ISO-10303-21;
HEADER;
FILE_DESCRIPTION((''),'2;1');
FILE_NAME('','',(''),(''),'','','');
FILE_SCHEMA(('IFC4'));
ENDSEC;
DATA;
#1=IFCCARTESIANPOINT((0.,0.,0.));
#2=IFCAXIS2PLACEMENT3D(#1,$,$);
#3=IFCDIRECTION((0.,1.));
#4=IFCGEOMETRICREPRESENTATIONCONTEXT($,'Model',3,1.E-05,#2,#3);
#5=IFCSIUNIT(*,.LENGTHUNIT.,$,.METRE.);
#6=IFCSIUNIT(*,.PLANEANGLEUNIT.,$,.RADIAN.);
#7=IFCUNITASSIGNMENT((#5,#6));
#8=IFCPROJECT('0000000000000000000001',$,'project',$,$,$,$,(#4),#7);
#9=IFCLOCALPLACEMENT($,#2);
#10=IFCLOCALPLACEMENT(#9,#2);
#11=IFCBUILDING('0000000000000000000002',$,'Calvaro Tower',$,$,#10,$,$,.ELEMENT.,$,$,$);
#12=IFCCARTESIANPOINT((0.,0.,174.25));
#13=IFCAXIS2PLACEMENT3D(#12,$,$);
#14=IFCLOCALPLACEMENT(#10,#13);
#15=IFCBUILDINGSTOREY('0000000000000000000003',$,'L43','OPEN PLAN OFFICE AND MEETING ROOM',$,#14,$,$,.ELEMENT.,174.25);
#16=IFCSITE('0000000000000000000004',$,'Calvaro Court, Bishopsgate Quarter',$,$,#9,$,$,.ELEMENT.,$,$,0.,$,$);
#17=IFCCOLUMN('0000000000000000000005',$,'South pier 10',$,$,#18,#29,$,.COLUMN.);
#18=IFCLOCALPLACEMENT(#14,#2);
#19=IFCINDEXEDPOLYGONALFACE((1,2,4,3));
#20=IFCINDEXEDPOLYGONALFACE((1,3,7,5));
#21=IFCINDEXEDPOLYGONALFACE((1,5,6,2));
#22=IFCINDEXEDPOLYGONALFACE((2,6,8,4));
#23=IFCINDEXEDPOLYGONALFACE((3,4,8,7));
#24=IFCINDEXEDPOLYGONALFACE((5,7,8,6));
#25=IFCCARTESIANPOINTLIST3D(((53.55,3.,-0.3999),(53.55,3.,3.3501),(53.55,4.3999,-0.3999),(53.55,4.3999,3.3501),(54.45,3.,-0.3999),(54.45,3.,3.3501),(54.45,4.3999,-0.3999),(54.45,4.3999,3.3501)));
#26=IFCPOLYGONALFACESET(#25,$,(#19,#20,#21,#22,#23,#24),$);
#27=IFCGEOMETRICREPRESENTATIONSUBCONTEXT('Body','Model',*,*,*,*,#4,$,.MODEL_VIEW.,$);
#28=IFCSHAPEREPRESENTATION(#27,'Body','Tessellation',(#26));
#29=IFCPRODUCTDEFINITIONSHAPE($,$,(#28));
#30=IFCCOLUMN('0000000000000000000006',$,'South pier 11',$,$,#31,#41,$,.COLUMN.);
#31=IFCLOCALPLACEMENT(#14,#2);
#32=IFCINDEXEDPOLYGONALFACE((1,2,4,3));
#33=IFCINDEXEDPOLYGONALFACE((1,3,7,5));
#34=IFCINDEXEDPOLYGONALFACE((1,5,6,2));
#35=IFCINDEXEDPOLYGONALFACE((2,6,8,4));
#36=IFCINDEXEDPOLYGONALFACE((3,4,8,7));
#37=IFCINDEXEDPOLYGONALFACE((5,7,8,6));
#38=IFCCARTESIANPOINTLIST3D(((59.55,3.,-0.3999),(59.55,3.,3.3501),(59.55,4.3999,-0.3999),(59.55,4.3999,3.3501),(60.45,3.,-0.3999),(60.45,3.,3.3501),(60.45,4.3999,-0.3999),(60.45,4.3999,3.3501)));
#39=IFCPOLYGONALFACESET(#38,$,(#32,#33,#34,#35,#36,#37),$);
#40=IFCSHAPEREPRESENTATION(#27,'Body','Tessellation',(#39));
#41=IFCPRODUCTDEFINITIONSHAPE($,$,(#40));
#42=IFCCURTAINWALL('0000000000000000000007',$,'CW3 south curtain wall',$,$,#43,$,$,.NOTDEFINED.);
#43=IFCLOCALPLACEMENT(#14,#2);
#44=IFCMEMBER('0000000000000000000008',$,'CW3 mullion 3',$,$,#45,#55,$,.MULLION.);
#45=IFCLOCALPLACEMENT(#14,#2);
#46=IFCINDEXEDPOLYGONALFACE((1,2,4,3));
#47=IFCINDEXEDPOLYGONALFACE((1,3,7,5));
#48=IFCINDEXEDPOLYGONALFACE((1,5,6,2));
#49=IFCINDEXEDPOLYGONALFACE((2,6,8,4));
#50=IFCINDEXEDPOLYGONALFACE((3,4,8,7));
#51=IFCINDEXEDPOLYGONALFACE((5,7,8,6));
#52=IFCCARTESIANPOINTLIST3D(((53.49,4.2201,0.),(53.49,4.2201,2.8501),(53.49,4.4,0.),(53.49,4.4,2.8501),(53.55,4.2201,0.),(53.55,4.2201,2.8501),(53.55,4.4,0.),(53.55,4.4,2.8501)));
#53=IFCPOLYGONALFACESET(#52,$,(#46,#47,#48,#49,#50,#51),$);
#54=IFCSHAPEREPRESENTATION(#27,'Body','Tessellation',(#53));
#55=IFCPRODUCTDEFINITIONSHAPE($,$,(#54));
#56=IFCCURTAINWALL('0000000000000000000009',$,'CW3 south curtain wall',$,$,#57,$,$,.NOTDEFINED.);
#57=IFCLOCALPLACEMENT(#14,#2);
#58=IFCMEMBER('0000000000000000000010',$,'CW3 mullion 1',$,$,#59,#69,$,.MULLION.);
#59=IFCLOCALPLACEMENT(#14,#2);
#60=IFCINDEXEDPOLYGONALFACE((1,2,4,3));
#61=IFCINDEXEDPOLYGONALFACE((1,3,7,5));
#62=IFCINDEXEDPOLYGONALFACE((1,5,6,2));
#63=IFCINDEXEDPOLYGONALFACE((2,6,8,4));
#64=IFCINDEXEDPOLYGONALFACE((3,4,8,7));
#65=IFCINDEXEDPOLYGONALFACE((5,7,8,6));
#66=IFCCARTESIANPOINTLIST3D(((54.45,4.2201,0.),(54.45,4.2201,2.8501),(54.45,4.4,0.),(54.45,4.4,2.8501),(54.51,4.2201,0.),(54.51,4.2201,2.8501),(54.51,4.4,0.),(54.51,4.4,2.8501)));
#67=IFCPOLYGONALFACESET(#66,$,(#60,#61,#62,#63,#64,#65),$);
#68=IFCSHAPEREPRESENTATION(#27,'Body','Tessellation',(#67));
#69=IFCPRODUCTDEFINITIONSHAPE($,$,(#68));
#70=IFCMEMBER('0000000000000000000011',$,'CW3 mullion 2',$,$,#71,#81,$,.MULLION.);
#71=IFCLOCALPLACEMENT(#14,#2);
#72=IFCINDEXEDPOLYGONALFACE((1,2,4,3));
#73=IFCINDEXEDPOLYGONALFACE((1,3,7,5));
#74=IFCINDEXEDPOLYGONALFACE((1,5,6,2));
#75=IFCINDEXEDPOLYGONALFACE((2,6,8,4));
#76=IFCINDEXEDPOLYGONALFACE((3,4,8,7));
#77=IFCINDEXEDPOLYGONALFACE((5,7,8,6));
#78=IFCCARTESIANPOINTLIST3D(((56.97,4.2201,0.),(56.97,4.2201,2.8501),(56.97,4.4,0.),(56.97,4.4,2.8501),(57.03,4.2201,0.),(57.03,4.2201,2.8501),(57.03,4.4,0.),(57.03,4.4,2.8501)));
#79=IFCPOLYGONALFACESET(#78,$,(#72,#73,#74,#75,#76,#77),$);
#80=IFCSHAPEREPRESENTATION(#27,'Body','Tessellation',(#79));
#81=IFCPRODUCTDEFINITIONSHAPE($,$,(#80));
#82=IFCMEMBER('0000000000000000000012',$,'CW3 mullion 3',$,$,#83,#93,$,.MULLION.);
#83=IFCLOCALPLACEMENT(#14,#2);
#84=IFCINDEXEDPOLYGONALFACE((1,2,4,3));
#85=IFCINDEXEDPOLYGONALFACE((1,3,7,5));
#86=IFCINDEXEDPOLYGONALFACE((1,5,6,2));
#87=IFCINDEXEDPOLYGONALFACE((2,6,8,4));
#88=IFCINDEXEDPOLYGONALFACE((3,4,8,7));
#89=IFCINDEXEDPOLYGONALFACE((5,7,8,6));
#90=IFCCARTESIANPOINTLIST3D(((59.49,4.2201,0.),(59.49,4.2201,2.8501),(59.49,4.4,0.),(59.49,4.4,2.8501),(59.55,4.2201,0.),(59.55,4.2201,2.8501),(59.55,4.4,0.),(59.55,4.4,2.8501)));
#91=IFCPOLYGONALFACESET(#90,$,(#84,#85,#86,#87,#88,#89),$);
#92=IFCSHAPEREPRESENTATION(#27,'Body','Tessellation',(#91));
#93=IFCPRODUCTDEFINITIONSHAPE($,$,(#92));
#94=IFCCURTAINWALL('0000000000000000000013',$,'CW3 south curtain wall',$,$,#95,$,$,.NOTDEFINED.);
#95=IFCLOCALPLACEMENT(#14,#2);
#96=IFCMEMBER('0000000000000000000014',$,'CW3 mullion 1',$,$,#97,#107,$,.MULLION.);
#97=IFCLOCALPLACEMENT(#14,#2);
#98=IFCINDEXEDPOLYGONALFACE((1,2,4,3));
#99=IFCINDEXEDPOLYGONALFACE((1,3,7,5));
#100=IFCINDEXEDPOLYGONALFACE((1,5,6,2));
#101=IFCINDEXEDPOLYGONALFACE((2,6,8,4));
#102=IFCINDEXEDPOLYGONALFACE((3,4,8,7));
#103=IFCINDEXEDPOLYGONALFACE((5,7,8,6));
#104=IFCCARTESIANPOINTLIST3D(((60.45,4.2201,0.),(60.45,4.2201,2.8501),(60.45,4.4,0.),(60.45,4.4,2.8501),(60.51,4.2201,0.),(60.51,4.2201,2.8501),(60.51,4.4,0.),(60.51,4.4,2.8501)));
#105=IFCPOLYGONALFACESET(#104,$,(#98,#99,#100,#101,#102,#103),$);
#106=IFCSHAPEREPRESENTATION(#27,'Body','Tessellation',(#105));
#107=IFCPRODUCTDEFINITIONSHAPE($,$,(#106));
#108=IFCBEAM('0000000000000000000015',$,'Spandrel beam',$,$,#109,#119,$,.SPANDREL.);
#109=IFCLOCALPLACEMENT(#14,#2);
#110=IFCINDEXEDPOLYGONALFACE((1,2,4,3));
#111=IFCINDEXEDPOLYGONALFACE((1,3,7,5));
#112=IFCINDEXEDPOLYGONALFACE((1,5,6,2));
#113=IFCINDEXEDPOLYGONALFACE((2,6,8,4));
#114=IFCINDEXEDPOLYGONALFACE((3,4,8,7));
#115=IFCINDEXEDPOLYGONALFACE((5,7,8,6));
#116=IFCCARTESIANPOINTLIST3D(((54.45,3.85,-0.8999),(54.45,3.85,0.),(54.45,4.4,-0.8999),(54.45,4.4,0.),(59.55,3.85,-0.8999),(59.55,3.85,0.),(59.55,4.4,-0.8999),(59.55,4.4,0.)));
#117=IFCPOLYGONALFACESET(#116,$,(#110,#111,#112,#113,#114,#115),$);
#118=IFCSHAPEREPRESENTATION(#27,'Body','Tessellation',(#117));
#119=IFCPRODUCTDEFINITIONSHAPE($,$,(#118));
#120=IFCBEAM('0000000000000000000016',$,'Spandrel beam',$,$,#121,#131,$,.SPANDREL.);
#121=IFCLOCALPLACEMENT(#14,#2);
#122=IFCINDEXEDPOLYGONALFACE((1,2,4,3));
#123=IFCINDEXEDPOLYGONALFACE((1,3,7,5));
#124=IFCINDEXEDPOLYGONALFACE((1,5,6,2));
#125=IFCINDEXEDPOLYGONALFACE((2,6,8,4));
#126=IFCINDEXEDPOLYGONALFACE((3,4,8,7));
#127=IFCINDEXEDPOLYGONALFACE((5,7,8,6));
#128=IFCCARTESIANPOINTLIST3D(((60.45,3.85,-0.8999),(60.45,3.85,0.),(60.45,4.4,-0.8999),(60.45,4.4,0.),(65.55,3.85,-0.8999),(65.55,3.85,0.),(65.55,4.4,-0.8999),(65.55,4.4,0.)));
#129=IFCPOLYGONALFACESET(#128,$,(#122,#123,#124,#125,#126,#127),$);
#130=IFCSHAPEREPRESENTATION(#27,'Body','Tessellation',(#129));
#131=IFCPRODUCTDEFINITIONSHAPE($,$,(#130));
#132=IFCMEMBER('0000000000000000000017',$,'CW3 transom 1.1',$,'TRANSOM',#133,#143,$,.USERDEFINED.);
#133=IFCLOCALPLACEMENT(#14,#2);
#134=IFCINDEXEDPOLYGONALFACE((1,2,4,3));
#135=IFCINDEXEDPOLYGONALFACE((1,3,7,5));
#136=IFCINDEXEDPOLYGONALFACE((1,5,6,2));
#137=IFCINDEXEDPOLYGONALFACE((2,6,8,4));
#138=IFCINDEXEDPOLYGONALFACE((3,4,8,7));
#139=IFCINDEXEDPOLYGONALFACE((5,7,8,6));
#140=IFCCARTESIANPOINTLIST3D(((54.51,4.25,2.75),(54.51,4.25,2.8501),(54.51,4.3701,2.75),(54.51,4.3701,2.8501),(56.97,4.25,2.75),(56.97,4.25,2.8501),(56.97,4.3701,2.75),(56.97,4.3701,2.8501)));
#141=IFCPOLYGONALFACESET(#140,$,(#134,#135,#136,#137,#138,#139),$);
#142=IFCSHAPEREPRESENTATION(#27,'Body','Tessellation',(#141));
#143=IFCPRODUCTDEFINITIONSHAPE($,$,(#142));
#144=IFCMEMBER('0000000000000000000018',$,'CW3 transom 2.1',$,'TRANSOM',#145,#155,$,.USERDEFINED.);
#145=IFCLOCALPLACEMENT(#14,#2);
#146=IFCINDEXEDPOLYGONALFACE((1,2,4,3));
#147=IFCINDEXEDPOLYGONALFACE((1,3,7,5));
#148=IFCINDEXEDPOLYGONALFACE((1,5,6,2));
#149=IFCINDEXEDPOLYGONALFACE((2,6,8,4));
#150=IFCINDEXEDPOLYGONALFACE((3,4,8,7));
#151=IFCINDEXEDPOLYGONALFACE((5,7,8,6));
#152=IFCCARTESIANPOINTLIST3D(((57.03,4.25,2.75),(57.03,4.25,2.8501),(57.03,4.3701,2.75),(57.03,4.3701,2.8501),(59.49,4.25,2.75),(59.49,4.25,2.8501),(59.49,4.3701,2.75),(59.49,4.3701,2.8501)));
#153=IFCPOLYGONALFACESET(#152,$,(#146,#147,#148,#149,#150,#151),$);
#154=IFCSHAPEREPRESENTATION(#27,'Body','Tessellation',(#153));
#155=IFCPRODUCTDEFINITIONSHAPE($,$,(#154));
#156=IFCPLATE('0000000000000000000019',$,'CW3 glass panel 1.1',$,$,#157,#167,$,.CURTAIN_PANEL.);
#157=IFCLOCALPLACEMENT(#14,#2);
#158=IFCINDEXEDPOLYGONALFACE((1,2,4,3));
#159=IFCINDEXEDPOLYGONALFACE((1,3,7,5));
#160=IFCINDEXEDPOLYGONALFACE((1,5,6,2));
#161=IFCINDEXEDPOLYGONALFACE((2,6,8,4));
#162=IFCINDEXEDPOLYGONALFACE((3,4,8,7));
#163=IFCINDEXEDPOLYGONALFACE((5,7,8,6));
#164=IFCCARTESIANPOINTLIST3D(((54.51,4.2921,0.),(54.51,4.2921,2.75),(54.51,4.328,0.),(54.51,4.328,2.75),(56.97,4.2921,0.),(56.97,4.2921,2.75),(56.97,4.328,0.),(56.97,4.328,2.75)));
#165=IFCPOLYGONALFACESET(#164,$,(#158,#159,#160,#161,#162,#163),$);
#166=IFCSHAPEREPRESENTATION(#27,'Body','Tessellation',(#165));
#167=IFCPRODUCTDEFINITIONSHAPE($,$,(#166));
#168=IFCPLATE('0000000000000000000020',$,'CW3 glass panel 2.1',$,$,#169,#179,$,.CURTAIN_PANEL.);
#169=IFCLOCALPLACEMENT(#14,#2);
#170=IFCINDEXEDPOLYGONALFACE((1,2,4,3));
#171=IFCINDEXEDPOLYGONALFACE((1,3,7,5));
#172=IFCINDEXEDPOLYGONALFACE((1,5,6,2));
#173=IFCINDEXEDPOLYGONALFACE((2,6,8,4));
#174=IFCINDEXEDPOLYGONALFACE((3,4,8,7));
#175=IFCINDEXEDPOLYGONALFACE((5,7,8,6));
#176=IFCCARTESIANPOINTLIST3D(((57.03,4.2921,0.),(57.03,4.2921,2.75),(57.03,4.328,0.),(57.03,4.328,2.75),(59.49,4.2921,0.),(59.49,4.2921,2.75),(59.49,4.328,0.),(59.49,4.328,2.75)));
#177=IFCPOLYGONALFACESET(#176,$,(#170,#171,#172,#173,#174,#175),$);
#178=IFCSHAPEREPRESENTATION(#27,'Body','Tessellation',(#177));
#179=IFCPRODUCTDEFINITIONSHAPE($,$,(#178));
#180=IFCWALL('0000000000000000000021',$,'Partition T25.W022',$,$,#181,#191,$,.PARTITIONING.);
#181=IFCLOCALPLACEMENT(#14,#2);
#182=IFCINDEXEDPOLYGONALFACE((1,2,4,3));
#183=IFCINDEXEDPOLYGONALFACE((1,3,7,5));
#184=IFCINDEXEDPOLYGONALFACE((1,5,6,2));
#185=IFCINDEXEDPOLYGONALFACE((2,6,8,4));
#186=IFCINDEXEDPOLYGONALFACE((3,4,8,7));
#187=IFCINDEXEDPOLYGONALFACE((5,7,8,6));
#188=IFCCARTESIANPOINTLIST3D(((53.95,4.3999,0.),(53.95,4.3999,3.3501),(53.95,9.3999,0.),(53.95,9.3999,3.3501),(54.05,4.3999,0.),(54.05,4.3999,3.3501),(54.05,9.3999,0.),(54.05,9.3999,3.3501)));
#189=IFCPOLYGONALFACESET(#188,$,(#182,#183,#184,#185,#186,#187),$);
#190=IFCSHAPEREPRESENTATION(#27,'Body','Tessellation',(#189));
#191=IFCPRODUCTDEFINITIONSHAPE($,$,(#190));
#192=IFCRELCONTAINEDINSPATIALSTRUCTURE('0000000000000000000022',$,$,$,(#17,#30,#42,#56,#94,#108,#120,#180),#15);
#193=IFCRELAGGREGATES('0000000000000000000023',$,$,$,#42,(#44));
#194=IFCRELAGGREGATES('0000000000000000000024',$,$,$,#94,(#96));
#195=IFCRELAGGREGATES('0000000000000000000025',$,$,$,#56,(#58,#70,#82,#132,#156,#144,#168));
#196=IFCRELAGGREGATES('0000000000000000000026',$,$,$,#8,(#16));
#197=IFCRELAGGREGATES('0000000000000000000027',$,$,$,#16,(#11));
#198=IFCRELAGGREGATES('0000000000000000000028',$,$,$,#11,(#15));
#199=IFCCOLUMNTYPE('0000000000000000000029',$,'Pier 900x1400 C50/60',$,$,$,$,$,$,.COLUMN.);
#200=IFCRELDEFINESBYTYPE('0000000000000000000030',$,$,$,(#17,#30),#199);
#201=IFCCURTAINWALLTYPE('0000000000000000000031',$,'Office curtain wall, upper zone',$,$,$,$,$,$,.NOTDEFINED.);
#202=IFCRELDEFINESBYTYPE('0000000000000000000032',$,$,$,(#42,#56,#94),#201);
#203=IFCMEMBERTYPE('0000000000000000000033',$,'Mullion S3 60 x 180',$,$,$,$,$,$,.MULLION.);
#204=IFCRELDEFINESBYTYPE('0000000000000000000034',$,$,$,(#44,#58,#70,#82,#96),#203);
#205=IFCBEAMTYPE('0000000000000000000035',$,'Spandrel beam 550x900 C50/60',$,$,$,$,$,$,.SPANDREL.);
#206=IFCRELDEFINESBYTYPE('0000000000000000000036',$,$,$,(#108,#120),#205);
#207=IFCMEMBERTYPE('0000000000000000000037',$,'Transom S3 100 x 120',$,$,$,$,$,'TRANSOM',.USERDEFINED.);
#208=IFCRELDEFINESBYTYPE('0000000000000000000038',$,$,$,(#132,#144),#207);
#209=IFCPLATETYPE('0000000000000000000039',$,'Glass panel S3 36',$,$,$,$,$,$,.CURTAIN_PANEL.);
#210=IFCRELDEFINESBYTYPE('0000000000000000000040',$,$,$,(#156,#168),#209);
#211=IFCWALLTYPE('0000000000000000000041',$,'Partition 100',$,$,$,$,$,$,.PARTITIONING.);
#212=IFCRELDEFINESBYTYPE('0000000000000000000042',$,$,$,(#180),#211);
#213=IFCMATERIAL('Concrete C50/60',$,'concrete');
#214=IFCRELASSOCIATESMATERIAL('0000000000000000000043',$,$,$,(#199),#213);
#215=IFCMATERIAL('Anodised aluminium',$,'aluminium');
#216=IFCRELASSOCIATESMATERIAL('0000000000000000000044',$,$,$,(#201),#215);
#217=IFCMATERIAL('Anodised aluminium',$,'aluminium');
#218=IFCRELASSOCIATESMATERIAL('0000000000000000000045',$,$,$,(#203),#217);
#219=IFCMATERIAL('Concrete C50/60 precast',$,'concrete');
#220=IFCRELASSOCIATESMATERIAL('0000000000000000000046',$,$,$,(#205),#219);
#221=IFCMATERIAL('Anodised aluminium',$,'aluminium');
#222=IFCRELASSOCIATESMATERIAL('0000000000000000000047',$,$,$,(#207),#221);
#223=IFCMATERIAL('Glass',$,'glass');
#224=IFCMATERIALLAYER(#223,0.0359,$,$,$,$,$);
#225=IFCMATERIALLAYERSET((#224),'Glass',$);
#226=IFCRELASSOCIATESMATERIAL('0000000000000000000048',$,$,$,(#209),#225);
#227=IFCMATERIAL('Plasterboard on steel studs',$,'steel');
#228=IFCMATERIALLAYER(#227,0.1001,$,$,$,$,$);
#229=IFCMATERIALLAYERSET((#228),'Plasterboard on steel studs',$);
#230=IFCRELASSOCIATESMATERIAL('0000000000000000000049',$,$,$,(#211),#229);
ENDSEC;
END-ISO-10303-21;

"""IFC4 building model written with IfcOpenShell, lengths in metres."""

from ifc_helpers import new_model, si_unit, direction, frame, frame_2d, origin, origin_2d, place, context, subcontext, project, spatial, rectangle, extrude, material, layer, layer_set, material_profile, profile_set, type_object, element, aggregate, save


model = new_model("IFC4")

# Units and contexts
model_context = context("Model", 3, precision=1e-05, world=origin(), true_north=direction((0.0, 1.0)))
body_context = subcontext(model_context, "Body", "Model", "MODEL_VIEW")
ifc_project = project(units=[si_unit("LENGTHUNIT", "METRE"), si_unit("PLANEANGLEUNIT", "RADIAN")], contexts=[model_context])

# Site, building, storey
site_placement = place(None, origin())
site = spatial("IfcSite", under=ifc_project, at=site_placement, Name="Calvaro Court, Bishopsgate Quarter", CompositionType="ELEMENT", RefElevation=0.0)
building_placement = place(site_placement, origin())
building = spatial("IfcBuilding", under=site, at=building_placement, Name="Calvaro Tower", CompositionType="ELEMENT")
storey_placement = place(building_placement, frame((0.0, 0.0, 174.25)))
storey = spatial("IfcBuildingStorey", under=building, at=storey_placement, Name="L43", Description="OPEN PLAN OFFICE AND MEETING ROOM", CompositionType="ELEMENT", Elevation=174.25)

# Columns
ifc_material_1 = material(Name="Concrete C50/60", Category="concrete")
ifc_material_profile_1 = material_profile(ifc_material_1, rectangle(XDim=0.8999, YDim=1.3999, at=origin_2d()), Name="RC 900x1400")
ifc_profile_set_1 = profile_set([ifc_material_profile_1], Name="Concrete C50/60")
column_type = type_object("IfcColumnType", Name="Pier 900x1400 C50/60", PredefinedType="COLUMN", material=ifc_profile_set_1)
for number, where, z_axis, x_axis, name in (
    (1, (54.0, 3.7, -0.3999), (0.0, 0.0, 1.0), (1.0, 0.0, 0.0), "South pier 10"),
    (2, (60.0, 3.7, -0.3999), (0.0, 0.0, 1.0), (1.0, 0.0, 0.0), "South pier 11"),
):
    element("IfcColumn", number, at=place(storey_placement, frame(where, z_axis=z_axis, x_axis=x_axis)), inside=storey, type_object=column_type, Name=name, PredefinedType="COLUMN", context=body_context, shape_type="SweptSolid", body=[
        extrude(rectangle(XDim=0.8999, YDim=1.3999, at=origin_2d()), origin(), (0.0, 0.0, 1.0), 3.75),
    ])

# Curtain wall, member
ifc_material_2 = material(Name="Anodised aluminium", Category="aluminium")
curtain_wall_type = type_object("IfcCurtainWallType", Name="Office curtain wall, upper zone", PredefinedType="NOTDEFINED", material=ifc_material_2)
curtain_wall_1_placement = place(storey_placement, origin())
curtain_wall_1 = element("IfcCurtainWall", 3, at=curtain_wall_1_placement, inside=storey, type_object=curtain_wall_type, Name="CW3 south curtain wall", PredefinedType="NOTDEFINED")
ifc_material_3 = material(Name="Anodised aluminium", Category="aluminium")
ifc_material_profile_2 = material_profile(ifc_material_3, rectangle(XDim=0.1799, YDim=0.0601, at=origin_2d()), Name="Mullion S3 60 x 180")
ifc_profile_set_2 = profile_set([ifc_material_profile_2], Name="Anodised aluminium")
member_type_1 = type_object("IfcMemberType", Name="Mullion S3 60 x 180", PredefinedType="MULLION", material=ifc_profile_set_2)
member_1_placement = place(storey_placement, frame((53.52, 4.3101, 0.0), z_axis=(0.0, 0.0, 1.0), x_axis=(0.0, 1.0, 0.0)))
member_1 = element("IfcMember", 4, at=member_1_placement, type_object=member_type_1, Name="CW3 mullion 3", PredefinedType="MULLION", context=body_context, shape_type="SweptSolid", body=[
    extrude(rectangle(XDim=0.1799, YDim=0.0601, at=origin_2d()), origin(), (0.0, 0.0, 1.0), 2.8501),
])
aggregate(curtain_wall_1, [member_1])

# Curtain wall, members
curtain_wall_2_placement = place(storey_placement, origin())
curtain_wall_2 = element("IfcCurtainWall", 5, at=curtain_wall_2_placement, inside=storey, type_object=curtain_wall_type, Name="CW3 south curtain wall", PredefinedType="NOTDEFINED")
member_2_placement = place(storey_placement, frame((54.48, 4.3101, 0.0), z_axis=(0.0, 0.0, 1.0), x_axis=(0.0, 1.0, 0.0)))
member_2 = element("IfcMember", 6, at=member_2_placement, type_object=member_type_1, Name="CW3 mullion 1", PredefinedType="MULLION", context=body_context, shape_type="SweptSolid", body=[
    extrude(rectangle(XDim=0.1799, YDim=0.0601, at=origin_2d()), origin(), (0.0, 0.0, 1.0), 2.8501),
])
member_3_placement = place(storey_placement, frame((57.0, 4.3101, 0.0), z_axis=(0.0, 0.0, 1.0), x_axis=(0.0, 1.0, 0.0)))
member_3 = element("IfcMember", 7, at=member_3_placement, type_object=member_type_1, Name="CW3 mullion 2", PredefinedType="MULLION", context=body_context, shape_type="SweptSolid", body=[
    extrude(rectangle(XDim=0.1799, YDim=0.0601, at=origin_2d()), origin(), (0.0, 0.0, 1.0), 2.8501),
])
member_4_placement = place(storey_placement, frame((59.52, 4.3101, 0.0), z_axis=(0.0, 0.0, 1.0), x_axis=(0.0, 1.0, 0.0)))
member_4 = element("IfcMember", 8, at=member_4_placement, type_object=member_type_1, Name="CW3 mullion 3", PredefinedType="MULLION", context=body_context, shape_type="SweptSolid", body=[
    extrude(rectangle(XDim=0.1799, YDim=0.0601, at=origin_2d()), origin(), (0.0, 0.0, 1.0), 2.8501),
])

# Curtain wall, member
curtain_wall_3_placement = place(storey_placement, origin())
curtain_wall_3 = element("IfcCurtainWall", 9, at=curtain_wall_3_placement, inside=storey, type_object=curtain_wall_type, Name="CW3 south curtain wall", PredefinedType="NOTDEFINED")
member_5_placement = place(storey_placement, frame((60.48, 4.3101, 0.0), z_axis=(0.0, 0.0, 1.0), x_axis=(0.0, 1.0, 0.0)))
member_5 = element("IfcMember", 10, at=member_5_placement, type_object=member_type_1, Name="CW3 mullion 1", PredefinedType="MULLION", context=body_context, shape_type="SweptSolid", body=[
    extrude(rectangle(XDim=0.1799, YDim=0.0601, at=origin_2d()), origin(), (0.0, 0.0, 1.0), 2.8501),
])
aggregate(curtain_wall_3, [member_5])

# Beams
ifc_material_4 = material(Name="Concrete C50/60 precast", Category="concrete")
ifc_material_profile_3 = material_profile(ifc_material_4, rectangle(XDim=0.55, YDim=0.8999, at=origin_2d()), Name="RC 550x900")
ifc_profile_set_3 = profile_set([ifc_material_profile_3], Name="Concrete C50/60 precast")
beam_type = type_object("IfcBeamType", Name="Spandrel beam 550x900 C50/60", PredefinedType="SPANDREL", material=ifc_profile_set_3)
for number, where, z_axis, x_axis, name in (
    (11, (54.45, 4.125, -0.45), (1.0, 0.0, 0.0), (0.0, 1.0, 0.0), "Spandrel beam"),
    (12, (60.45, 4.125, -0.45), (1.0, 0.0, 0.0), (0.0, 1.0, 0.0), "Spandrel beam"),
):
    element("IfcBeam", number, at=place(storey_placement, frame(where, z_axis=z_axis, x_axis=x_axis)), inside=storey, type_object=beam_type, Name=name, PredefinedType="SPANDREL", context=body_context, shape_type="SweptSolid", body=[
        extrude(rectangle(XDim=0.55, YDim=0.8999, at=origin_2d()), origin(), (0.0, 0.0, 1.0), 5.1001),
    ])

# Members
ifc_material_5 = material(Name="Anodised aluminium", Category="aluminium")
ifc_material_profile_4 = material_profile(ifc_material_5, rectangle(XDim=0.1201, YDim=0.1001, at=origin_2d()), Name="Transom S3 100 x 120")
ifc_profile_set_4 = profile_set([ifc_material_profile_4], Name="Anodised aluminium")
member_type_2 = type_object("IfcMemberType", Name="Transom S3 100 x 120", ElementType="TRANSOM", PredefinedType="USERDEFINED", material=ifc_profile_set_4)
member_6_placement = place(storey_placement, frame((54.51, 4.3101, 2.8), z_axis=(1.0, 0.0, 0.0), x_axis=(0.0, 1.0, 0.0)))
member_6 = element("IfcMember", 13, at=member_6_placement, type_object=member_type_2, Name="CW3 transom 1.1", ObjectType="TRANSOM", PredefinedType="USERDEFINED", context=body_context, shape_type="SweptSolid", body=[
    extrude(rectangle(XDim=0.1201, YDim=0.1001, at=origin_2d()), origin(), (0.0, 0.0, 1.0), 2.46),
])
member_7_placement = place(storey_placement, frame((57.03, 4.3101, 2.8), z_axis=(1.0, 0.0, 0.0), x_axis=(0.0, 1.0, 0.0)))
member_7 = element("IfcMember", 14, at=member_7_placement, type_object=member_type_2, Name="CW3 transom 2.1", ObjectType="TRANSOM", PredefinedType="USERDEFINED", context=body_context, shape_type="SweptSolid", body=[
    extrude(rectangle(XDim=0.1201, YDim=0.1001, at=origin_2d()), origin(), (0.0, 0.0, 1.0), 2.46),
])

# Plates
ifc_material_6 = material(Name="Glass", Category="glass")
ifc_layer_1 = layer(ifc_material_6, 0.0359)
ifc_layer_set_1 = layer_set([ifc_layer_1], Name="Glass")
plate_type = type_object("IfcPlateType", Name="Glass panel S3 36", PredefinedType="CURTAIN_PANEL", material=ifc_layer_set_1)
plate_1_placement = place(storey_placement, frame((55.74, 4.3101, 0.0), z_axis=(0.0, 0.0, 1.0), x_axis=(1.0, 0.0, 0.0)))
plate_1 = element("IfcPlate", 15, at=plate_1_placement, type_object=plate_type, Name="CW3 glass panel 1.1", PredefinedType="CURTAIN_PANEL", context=body_context, shape_type="SweptSolid", body=[
    extrude(rectangle(XDim=2.46, YDim=0.0359, at=origin_2d()), origin(), (0.0, 0.0, 1.0), 2.75),
])
plate_2_placement = place(storey_placement, frame((58.26, 4.3101, 0.0), z_axis=(0.0, 0.0, 1.0), x_axis=(1.0, 0.0, 0.0)))
plate_2 = element("IfcPlate", 16, at=plate_2_placement, type_object=plate_type, Name="CW3 glass panel 2.1", PredefinedType="CURTAIN_PANEL", context=body_context, shape_type="SweptSolid", body=[
    extrude(rectangle(XDim=2.46, YDim=0.0359, at=origin_2d()), origin(), (0.0, 0.0, 1.0), 2.75),
])
aggregate(curtain_wall_2, [member_2, member_3, member_4, member_6, plate_1, member_7, plate_2])

# Wall
ifc_material_7 = material(Name="Plasterboard on steel studs", Category="steel")
ifc_layer_2 = layer(ifc_material_7, 0.1001)
ifc_layer_set_2 = layer_set([ifc_layer_2], Name="Plasterboard on steel studs")
wall_type = type_object("IfcWallType", Name="Partition 100", PredefinedType="PARTITIONING", material=ifc_layer_set_2)
wall_placement = place(storey_placement, frame((54.0, 4.3999, 0.0), z_axis=(0.0, 0.0, 1.0), x_axis=(0.0, 1.0, 0.0)))
element("IfcWall", 17, at=wall_placement, inside=storey, type_object=wall_type, Name="Partition T25.W022", PredefinedType="PARTITIONING", context=body_context, shape_type="SweptSolid", body=[
    extrude(rectangle(XDim=5.0, YDim=0.1001, at=frame_2d((2.5, 0.0))), origin(), (0.0, 0.0, 1.0), 3.3501),
])

save(model, "model.ifc")
